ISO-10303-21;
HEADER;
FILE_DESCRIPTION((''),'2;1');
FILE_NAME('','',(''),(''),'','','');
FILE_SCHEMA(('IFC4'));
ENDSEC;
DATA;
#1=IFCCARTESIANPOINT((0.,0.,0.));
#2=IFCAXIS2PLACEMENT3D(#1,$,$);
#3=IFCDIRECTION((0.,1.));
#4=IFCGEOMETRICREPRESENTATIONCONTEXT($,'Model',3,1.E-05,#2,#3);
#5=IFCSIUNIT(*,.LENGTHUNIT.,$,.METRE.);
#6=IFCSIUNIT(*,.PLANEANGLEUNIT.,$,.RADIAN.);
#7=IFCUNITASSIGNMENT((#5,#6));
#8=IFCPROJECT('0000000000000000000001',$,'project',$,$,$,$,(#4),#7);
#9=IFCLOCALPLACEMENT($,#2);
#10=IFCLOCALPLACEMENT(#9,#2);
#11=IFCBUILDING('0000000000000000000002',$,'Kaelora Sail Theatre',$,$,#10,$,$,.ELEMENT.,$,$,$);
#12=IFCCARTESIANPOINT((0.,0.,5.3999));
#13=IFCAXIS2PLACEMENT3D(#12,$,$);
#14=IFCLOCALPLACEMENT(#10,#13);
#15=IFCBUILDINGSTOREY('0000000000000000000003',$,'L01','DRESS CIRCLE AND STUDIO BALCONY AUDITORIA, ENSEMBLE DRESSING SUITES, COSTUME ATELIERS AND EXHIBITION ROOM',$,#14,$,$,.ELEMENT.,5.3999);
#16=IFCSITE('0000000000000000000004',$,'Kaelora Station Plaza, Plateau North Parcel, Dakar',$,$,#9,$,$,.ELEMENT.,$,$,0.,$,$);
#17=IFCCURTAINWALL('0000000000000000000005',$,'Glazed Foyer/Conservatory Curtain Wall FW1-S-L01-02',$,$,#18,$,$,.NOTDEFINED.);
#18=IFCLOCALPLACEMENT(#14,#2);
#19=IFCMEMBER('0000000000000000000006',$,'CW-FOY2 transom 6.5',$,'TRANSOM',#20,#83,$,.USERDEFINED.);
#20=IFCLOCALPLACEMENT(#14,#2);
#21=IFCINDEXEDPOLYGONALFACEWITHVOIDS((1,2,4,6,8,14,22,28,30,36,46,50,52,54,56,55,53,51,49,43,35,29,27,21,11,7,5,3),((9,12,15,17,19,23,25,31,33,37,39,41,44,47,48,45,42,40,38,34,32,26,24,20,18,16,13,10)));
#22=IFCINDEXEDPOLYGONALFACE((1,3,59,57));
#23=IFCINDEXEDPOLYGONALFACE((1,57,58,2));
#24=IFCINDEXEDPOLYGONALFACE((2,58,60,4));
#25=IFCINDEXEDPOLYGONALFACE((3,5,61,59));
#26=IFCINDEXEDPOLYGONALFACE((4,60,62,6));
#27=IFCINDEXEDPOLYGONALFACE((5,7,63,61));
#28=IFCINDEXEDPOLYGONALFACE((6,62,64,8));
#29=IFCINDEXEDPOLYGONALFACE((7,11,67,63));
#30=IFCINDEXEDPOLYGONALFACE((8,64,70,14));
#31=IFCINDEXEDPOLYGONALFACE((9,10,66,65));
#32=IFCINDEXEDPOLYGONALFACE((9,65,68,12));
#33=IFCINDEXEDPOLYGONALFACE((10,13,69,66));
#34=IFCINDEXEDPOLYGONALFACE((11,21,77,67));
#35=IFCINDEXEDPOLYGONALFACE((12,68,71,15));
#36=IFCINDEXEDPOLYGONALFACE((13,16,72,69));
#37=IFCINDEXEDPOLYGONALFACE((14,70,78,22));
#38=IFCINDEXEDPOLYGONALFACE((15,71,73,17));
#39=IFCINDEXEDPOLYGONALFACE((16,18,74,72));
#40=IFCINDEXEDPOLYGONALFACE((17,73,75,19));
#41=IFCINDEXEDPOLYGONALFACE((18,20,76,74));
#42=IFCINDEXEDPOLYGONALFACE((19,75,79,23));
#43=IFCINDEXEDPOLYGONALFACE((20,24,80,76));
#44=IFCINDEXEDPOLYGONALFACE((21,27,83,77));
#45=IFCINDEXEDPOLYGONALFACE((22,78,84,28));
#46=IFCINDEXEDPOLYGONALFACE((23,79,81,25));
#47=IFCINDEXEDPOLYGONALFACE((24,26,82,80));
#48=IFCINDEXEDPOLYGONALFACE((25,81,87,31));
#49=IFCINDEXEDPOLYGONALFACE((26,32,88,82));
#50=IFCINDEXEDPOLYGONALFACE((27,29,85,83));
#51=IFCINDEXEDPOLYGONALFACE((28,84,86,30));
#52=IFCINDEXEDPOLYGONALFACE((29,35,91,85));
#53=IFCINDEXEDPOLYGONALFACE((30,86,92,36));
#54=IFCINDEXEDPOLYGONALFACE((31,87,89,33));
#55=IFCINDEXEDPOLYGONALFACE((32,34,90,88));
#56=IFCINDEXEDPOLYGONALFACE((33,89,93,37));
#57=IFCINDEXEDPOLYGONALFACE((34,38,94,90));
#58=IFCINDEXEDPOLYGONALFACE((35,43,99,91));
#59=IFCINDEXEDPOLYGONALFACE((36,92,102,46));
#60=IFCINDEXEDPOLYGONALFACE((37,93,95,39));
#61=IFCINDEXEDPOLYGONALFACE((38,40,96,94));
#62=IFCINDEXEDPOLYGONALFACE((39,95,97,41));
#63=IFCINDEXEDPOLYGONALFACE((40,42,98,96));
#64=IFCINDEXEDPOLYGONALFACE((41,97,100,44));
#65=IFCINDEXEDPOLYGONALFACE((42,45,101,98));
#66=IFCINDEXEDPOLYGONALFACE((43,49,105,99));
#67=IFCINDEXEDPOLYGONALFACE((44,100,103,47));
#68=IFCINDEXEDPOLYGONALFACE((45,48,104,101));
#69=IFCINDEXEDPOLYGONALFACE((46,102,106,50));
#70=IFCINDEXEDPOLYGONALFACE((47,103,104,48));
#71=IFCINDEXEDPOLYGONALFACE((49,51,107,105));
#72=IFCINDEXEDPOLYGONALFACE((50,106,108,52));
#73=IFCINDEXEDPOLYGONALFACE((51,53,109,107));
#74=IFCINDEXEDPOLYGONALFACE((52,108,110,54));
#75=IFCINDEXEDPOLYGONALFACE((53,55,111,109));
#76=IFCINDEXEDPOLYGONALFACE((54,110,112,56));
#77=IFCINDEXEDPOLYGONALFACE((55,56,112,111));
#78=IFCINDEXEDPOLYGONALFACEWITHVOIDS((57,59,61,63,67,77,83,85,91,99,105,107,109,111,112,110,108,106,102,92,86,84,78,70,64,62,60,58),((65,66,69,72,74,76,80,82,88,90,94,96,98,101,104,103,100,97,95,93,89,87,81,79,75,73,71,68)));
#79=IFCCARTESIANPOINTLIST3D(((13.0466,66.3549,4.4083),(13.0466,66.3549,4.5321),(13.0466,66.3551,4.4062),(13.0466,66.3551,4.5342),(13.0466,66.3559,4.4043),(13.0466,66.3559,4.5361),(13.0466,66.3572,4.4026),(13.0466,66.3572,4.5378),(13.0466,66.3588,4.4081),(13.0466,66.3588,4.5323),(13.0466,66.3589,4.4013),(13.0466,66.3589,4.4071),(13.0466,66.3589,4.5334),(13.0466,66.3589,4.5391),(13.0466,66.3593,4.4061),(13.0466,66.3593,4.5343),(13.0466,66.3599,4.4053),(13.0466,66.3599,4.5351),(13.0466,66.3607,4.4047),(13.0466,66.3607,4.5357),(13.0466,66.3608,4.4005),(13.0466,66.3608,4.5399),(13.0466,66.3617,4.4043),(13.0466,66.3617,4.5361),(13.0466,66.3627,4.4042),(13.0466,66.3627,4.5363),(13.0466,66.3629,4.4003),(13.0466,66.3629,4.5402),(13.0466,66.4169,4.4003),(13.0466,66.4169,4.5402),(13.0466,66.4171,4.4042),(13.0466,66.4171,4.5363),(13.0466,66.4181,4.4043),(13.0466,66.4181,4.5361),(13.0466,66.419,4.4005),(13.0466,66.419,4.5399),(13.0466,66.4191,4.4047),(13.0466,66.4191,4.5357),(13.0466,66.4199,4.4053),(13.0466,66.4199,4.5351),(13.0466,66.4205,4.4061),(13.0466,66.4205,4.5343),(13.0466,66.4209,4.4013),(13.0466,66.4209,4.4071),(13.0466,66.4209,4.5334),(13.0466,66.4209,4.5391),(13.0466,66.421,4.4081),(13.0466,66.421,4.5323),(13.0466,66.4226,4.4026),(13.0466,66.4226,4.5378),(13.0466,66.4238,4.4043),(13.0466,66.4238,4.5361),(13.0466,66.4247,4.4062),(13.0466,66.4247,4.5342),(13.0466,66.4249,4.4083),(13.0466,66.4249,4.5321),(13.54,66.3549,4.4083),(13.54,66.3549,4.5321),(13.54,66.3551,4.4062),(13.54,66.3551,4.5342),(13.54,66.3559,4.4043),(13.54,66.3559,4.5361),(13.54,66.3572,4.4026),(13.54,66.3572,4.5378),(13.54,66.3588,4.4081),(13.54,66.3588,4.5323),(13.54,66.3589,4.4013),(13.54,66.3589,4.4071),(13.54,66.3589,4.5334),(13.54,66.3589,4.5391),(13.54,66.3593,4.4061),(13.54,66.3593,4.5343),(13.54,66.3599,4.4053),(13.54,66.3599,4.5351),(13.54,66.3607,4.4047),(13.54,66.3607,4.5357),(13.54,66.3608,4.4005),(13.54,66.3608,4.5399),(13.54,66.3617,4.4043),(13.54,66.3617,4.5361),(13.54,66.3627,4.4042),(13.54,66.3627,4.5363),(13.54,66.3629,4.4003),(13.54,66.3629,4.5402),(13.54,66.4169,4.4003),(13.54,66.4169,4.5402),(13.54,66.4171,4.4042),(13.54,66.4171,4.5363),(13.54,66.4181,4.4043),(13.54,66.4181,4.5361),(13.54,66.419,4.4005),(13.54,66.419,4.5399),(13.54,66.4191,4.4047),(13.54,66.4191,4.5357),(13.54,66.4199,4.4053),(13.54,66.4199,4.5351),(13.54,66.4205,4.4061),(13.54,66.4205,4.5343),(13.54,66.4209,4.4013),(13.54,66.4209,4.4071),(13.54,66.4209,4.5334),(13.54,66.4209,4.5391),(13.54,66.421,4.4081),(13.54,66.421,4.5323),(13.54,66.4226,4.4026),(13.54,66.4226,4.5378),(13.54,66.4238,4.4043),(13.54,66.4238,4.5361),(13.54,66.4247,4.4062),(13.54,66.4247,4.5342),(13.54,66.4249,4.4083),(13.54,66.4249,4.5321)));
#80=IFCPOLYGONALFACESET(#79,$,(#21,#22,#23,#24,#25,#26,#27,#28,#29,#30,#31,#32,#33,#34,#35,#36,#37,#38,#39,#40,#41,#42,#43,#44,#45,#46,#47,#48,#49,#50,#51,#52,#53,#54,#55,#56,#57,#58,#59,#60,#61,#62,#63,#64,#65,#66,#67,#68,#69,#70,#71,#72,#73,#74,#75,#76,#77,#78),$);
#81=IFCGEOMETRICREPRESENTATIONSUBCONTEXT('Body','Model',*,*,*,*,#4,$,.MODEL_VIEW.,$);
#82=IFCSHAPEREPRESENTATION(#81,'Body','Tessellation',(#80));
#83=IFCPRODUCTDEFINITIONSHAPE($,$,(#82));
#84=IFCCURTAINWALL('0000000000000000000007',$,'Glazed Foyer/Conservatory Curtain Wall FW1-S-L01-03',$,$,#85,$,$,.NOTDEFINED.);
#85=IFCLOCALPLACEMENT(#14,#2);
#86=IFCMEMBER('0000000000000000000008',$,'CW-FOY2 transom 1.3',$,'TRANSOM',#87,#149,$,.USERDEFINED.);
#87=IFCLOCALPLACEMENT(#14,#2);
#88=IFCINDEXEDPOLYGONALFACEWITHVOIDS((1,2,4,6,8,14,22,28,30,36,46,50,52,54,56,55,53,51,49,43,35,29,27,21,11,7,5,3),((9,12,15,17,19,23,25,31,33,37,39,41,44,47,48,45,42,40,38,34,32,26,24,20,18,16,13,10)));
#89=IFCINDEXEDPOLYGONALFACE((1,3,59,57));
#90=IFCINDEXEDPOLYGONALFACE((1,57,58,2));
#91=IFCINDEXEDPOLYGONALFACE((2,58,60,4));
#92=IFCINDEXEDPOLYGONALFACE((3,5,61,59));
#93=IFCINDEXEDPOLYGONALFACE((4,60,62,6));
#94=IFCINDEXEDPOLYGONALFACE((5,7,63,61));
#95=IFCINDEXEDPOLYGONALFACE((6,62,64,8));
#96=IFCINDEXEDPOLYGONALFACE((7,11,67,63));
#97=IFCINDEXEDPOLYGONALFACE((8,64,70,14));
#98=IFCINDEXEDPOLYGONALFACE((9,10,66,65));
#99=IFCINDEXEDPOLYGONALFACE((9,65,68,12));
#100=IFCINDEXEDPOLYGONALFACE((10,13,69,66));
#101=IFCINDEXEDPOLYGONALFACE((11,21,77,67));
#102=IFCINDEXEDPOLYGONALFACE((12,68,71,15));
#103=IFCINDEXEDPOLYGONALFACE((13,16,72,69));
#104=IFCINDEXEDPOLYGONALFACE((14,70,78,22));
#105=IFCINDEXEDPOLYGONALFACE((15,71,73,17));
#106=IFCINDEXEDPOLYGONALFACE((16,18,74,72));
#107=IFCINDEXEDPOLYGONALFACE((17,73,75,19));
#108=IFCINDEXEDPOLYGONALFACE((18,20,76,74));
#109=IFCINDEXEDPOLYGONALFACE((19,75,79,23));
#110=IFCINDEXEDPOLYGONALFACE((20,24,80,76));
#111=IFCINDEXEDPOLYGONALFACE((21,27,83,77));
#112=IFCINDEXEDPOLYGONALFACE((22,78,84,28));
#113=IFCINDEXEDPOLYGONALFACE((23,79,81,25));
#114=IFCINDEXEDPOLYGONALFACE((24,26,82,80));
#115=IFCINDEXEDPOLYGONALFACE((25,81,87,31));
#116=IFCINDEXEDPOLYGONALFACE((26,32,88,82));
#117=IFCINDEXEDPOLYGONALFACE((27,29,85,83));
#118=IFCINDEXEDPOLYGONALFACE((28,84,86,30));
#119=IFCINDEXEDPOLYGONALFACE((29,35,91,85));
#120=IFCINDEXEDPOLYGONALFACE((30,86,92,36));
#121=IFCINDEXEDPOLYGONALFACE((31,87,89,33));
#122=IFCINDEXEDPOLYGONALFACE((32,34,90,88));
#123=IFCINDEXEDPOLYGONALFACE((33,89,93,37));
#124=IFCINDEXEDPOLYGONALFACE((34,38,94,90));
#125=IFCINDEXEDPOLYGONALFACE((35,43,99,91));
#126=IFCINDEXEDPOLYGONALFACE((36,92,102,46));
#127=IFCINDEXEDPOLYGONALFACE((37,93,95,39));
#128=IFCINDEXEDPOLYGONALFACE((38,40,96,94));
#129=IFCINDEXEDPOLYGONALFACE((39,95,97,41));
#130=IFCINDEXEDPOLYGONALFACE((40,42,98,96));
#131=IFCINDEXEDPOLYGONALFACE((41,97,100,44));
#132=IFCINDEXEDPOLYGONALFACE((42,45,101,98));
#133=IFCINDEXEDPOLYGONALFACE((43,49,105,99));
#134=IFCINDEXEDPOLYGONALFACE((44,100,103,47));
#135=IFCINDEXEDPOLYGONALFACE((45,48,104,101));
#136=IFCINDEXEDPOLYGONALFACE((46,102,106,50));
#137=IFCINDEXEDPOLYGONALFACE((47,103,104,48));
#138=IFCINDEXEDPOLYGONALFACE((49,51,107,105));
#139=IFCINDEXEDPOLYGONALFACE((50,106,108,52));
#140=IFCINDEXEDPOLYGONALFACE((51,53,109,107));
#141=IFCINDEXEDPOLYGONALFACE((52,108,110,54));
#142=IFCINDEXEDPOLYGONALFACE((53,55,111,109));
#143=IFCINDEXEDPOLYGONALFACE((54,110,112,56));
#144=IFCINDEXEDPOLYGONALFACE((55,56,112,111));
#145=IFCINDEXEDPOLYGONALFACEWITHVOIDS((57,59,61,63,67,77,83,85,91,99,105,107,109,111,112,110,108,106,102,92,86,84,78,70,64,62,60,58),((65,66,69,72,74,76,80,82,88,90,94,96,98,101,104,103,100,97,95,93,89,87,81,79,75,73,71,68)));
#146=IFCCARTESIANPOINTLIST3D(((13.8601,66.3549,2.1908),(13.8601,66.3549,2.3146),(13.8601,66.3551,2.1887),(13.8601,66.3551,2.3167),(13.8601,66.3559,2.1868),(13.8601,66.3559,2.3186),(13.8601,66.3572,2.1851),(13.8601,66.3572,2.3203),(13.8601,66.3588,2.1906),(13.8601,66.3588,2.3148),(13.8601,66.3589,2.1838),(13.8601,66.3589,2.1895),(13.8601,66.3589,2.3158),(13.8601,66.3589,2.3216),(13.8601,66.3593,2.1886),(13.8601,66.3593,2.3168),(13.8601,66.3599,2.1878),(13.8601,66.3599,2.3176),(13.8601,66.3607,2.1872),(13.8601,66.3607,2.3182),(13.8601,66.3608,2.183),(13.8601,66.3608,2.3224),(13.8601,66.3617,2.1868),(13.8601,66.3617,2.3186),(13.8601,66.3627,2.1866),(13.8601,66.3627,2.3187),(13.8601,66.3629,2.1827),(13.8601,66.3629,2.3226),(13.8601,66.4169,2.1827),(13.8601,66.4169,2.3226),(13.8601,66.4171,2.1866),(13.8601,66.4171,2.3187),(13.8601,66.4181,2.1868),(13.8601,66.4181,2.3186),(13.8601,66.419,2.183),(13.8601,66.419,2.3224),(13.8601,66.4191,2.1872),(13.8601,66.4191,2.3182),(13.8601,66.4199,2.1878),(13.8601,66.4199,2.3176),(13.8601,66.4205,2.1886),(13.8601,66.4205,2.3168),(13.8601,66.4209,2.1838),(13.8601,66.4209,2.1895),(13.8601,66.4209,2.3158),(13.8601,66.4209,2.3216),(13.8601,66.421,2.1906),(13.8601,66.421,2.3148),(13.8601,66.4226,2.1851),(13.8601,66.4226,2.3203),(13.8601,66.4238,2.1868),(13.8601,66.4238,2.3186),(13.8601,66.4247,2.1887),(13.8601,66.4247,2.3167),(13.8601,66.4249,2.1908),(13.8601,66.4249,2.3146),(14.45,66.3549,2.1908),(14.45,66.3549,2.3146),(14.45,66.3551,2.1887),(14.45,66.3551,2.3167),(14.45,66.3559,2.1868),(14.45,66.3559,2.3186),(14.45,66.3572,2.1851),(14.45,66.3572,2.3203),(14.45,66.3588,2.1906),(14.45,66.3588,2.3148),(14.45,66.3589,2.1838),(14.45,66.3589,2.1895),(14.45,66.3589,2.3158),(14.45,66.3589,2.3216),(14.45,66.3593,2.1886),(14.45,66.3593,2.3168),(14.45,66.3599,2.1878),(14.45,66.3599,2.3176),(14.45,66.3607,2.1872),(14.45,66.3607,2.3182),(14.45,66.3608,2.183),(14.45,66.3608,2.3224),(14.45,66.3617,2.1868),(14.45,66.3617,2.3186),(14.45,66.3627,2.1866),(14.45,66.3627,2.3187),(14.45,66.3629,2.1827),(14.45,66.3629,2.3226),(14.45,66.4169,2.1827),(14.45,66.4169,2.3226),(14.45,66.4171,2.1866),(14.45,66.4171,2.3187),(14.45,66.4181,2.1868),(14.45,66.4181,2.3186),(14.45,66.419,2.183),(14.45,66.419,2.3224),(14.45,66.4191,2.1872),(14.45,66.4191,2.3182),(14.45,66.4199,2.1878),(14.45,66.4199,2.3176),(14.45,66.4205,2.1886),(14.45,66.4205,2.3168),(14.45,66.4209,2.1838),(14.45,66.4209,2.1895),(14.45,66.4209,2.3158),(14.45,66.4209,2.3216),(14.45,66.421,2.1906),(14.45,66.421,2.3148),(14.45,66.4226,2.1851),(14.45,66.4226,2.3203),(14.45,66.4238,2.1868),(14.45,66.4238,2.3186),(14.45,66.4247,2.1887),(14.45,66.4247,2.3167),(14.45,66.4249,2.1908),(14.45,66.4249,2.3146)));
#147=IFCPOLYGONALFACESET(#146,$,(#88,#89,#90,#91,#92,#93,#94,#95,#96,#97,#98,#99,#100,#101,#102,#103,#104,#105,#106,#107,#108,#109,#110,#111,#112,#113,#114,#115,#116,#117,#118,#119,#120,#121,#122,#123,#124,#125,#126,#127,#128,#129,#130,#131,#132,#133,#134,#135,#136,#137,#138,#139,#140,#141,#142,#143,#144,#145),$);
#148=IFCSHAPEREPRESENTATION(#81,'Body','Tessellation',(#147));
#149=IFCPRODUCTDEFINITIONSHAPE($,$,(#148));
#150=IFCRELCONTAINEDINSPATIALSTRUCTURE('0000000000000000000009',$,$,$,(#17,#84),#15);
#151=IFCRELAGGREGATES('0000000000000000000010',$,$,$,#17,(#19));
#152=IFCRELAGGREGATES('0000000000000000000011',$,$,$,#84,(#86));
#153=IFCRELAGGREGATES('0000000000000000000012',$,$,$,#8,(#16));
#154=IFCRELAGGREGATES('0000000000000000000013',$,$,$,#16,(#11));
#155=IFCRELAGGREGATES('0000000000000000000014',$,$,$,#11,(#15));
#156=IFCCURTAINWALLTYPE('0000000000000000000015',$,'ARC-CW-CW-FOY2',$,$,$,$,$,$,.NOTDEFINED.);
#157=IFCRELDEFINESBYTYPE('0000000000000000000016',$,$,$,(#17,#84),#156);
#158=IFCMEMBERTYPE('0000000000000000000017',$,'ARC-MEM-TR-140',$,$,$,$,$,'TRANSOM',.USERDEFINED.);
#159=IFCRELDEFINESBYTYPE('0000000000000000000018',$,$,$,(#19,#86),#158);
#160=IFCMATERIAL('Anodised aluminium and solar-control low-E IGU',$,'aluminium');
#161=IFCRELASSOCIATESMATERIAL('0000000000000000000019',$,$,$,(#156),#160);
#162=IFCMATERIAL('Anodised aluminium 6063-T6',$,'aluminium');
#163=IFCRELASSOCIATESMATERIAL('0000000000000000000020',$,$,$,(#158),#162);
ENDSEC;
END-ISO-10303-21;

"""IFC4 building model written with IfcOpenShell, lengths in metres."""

from ifc_helpers import new_model, si_unit, direction, frame, origin, origin_2d, place, context, subcontext, project, spatial, hollow_rectangle, extrude, material, material_profile, profile_set, type_object, element, aggregate, save


model = new_model("IFC4")

# Units and contexts
model_context = context("Model", 3, precision=1e-05, world=origin(), true_north=direction((0.0, 1.0)))
body_context = subcontext(model_context, "Body", "Model", "MODEL_VIEW")
ifc_project = project(units=[si_unit("LENGTHUNIT", "METRE"), si_unit("PLANEANGLEUNIT", "RADIAN")], contexts=[model_context])

# Site, building, storey
site_placement = place(None, origin())
site = spatial("IfcSite", under=ifc_project, at=site_placement, Name="Kaelora Station Plaza, Plateau North Parcel, Dakar", CompositionType="ELEMENT", RefElevation=0.0)
building_placement = place(site_placement, origin())
building = spatial("IfcBuilding", under=site, at=building_placement, Name="Kaelora Sail Theatre", CompositionType="ELEMENT")
storey_placement = place(building_placement, frame((0.0, 0.0, 5.3999)))
storey = spatial("IfcBuildingStorey", under=building, at=storey_placement, Name="L01", Description="DRESS CIRCLE AND STUDIO BALCONY AUDITORIA, ENSEMBLE DRESSING SUITES, COSTUME ATELIERS AND EXHIBITION ROOM", CompositionType="ELEMENT", Elevation=5.3999)

# Curtain walls, members
ifc_material_1 = material(Name="Anodised aluminium and solar-control low-E IGU", Category="aluminium")
curtain_wall_type = type_object("IfcCurtainWallType", Name="ARC-CW-CW-FOY2", PredefinedType="NOTDEFINED", material=ifc_material_1)
curtain_wall_1_placement = place(storey_placement, origin())
curtain_wall_1 = element("IfcCurtainWall", 1, at=curtain_wall_1_placement, inside=storey, type_object=curtain_wall_type, Name="Glazed Foyer/Conservatory Curtain Wall FW1-S-L01-02", PredefinedType="NOTDEFINED")
ifc_material_2 = material(Name="Anodised aluminium 6063-T6", Category="aluminium")
ifc_material_profile = material_profile(ifc_material_2, hollow_rectangle(XDim=0.0701, YDim=0.1399, WallThickness=0.0039, InnerFilletRadius=0.0039, OuterFilletRadius=0.0081, at=origin_2d()), Name="ALU-TRAN 70x140x4")
ifc_profile_set = profile_set([ifc_material_profile], Name="Anodised aluminium 6063-T6")
member_type = type_object("IfcMemberType", Name="ARC-MEM-TR-140", ElementType="TRANSOM", PredefinedType="USERDEFINED", material=ifc_profile_set)
member_1_placement = place(storey_placement, frame((13.0466, 66.3899, 4.4702), z_axis=(1.0, 0.0, 0.0), x_axis=(0.0, 1.0, 0.0)))
member_1 = element("IfcMember", 2, at=member_1_placement, type_object=member_type, Name="CW-FOY2 transom 6.5", ObjectType="TRANSOM", PredefinedType="USERDEFINED", context=body_context, shape_type="SweptSolid", body=[
    extrude(hollow_rectangle(XDim=0.0701, YDim=0.1399, WallThickness=0.0039, InnerFilletRadius=0.0039, OuterFilletRadius=0.0081, at=origin_2d()), origin(), (0.0, 0.0, 1.0), 0.4934),
])
curtain_wall_2_placement = place(storey_placement, origin())
curtain_wall_2 = element("IfcCurtainWall", 3, at=curtain_wall_2_placement, inside=storey, type_object=curtain_wall_type, Name="Glazed Foyer/Conservatory Curtain Wall FW1-S-L01-03", PredefinedType="NOTDEFINED")
member_2_placement = place(storey_placement, frame((13.8601, 66.3899, 2.2527), z_axis=(1.0, 0.0, 0.0), x_axis=(0.0, 1.0, 0.0)))
member_2 = element("IfcMember", 4, at=member_2_placement, type_object=member_type, Name="CW-FOY2 transom 1.3", ObjectType="TRANSOM", PredefinedType="USERDEFINED", context=body_context, shape_type="SweptSolid", body=[
    extrude(hollow_rectangle(XDim=0.0701, YDim=0.1399, WallThickness=0.0039, InnerFilletRadius=0.0039, OuterFilletRadius=0.0081, at=origin_2d()), origin(), (0.0, 0.0, 1.0), 0.5898),
])

aggregate(curtain_wall_1, [member_1])
aggregate(curtain_wall_2, [member_2])

save(model, "model.ifc")
